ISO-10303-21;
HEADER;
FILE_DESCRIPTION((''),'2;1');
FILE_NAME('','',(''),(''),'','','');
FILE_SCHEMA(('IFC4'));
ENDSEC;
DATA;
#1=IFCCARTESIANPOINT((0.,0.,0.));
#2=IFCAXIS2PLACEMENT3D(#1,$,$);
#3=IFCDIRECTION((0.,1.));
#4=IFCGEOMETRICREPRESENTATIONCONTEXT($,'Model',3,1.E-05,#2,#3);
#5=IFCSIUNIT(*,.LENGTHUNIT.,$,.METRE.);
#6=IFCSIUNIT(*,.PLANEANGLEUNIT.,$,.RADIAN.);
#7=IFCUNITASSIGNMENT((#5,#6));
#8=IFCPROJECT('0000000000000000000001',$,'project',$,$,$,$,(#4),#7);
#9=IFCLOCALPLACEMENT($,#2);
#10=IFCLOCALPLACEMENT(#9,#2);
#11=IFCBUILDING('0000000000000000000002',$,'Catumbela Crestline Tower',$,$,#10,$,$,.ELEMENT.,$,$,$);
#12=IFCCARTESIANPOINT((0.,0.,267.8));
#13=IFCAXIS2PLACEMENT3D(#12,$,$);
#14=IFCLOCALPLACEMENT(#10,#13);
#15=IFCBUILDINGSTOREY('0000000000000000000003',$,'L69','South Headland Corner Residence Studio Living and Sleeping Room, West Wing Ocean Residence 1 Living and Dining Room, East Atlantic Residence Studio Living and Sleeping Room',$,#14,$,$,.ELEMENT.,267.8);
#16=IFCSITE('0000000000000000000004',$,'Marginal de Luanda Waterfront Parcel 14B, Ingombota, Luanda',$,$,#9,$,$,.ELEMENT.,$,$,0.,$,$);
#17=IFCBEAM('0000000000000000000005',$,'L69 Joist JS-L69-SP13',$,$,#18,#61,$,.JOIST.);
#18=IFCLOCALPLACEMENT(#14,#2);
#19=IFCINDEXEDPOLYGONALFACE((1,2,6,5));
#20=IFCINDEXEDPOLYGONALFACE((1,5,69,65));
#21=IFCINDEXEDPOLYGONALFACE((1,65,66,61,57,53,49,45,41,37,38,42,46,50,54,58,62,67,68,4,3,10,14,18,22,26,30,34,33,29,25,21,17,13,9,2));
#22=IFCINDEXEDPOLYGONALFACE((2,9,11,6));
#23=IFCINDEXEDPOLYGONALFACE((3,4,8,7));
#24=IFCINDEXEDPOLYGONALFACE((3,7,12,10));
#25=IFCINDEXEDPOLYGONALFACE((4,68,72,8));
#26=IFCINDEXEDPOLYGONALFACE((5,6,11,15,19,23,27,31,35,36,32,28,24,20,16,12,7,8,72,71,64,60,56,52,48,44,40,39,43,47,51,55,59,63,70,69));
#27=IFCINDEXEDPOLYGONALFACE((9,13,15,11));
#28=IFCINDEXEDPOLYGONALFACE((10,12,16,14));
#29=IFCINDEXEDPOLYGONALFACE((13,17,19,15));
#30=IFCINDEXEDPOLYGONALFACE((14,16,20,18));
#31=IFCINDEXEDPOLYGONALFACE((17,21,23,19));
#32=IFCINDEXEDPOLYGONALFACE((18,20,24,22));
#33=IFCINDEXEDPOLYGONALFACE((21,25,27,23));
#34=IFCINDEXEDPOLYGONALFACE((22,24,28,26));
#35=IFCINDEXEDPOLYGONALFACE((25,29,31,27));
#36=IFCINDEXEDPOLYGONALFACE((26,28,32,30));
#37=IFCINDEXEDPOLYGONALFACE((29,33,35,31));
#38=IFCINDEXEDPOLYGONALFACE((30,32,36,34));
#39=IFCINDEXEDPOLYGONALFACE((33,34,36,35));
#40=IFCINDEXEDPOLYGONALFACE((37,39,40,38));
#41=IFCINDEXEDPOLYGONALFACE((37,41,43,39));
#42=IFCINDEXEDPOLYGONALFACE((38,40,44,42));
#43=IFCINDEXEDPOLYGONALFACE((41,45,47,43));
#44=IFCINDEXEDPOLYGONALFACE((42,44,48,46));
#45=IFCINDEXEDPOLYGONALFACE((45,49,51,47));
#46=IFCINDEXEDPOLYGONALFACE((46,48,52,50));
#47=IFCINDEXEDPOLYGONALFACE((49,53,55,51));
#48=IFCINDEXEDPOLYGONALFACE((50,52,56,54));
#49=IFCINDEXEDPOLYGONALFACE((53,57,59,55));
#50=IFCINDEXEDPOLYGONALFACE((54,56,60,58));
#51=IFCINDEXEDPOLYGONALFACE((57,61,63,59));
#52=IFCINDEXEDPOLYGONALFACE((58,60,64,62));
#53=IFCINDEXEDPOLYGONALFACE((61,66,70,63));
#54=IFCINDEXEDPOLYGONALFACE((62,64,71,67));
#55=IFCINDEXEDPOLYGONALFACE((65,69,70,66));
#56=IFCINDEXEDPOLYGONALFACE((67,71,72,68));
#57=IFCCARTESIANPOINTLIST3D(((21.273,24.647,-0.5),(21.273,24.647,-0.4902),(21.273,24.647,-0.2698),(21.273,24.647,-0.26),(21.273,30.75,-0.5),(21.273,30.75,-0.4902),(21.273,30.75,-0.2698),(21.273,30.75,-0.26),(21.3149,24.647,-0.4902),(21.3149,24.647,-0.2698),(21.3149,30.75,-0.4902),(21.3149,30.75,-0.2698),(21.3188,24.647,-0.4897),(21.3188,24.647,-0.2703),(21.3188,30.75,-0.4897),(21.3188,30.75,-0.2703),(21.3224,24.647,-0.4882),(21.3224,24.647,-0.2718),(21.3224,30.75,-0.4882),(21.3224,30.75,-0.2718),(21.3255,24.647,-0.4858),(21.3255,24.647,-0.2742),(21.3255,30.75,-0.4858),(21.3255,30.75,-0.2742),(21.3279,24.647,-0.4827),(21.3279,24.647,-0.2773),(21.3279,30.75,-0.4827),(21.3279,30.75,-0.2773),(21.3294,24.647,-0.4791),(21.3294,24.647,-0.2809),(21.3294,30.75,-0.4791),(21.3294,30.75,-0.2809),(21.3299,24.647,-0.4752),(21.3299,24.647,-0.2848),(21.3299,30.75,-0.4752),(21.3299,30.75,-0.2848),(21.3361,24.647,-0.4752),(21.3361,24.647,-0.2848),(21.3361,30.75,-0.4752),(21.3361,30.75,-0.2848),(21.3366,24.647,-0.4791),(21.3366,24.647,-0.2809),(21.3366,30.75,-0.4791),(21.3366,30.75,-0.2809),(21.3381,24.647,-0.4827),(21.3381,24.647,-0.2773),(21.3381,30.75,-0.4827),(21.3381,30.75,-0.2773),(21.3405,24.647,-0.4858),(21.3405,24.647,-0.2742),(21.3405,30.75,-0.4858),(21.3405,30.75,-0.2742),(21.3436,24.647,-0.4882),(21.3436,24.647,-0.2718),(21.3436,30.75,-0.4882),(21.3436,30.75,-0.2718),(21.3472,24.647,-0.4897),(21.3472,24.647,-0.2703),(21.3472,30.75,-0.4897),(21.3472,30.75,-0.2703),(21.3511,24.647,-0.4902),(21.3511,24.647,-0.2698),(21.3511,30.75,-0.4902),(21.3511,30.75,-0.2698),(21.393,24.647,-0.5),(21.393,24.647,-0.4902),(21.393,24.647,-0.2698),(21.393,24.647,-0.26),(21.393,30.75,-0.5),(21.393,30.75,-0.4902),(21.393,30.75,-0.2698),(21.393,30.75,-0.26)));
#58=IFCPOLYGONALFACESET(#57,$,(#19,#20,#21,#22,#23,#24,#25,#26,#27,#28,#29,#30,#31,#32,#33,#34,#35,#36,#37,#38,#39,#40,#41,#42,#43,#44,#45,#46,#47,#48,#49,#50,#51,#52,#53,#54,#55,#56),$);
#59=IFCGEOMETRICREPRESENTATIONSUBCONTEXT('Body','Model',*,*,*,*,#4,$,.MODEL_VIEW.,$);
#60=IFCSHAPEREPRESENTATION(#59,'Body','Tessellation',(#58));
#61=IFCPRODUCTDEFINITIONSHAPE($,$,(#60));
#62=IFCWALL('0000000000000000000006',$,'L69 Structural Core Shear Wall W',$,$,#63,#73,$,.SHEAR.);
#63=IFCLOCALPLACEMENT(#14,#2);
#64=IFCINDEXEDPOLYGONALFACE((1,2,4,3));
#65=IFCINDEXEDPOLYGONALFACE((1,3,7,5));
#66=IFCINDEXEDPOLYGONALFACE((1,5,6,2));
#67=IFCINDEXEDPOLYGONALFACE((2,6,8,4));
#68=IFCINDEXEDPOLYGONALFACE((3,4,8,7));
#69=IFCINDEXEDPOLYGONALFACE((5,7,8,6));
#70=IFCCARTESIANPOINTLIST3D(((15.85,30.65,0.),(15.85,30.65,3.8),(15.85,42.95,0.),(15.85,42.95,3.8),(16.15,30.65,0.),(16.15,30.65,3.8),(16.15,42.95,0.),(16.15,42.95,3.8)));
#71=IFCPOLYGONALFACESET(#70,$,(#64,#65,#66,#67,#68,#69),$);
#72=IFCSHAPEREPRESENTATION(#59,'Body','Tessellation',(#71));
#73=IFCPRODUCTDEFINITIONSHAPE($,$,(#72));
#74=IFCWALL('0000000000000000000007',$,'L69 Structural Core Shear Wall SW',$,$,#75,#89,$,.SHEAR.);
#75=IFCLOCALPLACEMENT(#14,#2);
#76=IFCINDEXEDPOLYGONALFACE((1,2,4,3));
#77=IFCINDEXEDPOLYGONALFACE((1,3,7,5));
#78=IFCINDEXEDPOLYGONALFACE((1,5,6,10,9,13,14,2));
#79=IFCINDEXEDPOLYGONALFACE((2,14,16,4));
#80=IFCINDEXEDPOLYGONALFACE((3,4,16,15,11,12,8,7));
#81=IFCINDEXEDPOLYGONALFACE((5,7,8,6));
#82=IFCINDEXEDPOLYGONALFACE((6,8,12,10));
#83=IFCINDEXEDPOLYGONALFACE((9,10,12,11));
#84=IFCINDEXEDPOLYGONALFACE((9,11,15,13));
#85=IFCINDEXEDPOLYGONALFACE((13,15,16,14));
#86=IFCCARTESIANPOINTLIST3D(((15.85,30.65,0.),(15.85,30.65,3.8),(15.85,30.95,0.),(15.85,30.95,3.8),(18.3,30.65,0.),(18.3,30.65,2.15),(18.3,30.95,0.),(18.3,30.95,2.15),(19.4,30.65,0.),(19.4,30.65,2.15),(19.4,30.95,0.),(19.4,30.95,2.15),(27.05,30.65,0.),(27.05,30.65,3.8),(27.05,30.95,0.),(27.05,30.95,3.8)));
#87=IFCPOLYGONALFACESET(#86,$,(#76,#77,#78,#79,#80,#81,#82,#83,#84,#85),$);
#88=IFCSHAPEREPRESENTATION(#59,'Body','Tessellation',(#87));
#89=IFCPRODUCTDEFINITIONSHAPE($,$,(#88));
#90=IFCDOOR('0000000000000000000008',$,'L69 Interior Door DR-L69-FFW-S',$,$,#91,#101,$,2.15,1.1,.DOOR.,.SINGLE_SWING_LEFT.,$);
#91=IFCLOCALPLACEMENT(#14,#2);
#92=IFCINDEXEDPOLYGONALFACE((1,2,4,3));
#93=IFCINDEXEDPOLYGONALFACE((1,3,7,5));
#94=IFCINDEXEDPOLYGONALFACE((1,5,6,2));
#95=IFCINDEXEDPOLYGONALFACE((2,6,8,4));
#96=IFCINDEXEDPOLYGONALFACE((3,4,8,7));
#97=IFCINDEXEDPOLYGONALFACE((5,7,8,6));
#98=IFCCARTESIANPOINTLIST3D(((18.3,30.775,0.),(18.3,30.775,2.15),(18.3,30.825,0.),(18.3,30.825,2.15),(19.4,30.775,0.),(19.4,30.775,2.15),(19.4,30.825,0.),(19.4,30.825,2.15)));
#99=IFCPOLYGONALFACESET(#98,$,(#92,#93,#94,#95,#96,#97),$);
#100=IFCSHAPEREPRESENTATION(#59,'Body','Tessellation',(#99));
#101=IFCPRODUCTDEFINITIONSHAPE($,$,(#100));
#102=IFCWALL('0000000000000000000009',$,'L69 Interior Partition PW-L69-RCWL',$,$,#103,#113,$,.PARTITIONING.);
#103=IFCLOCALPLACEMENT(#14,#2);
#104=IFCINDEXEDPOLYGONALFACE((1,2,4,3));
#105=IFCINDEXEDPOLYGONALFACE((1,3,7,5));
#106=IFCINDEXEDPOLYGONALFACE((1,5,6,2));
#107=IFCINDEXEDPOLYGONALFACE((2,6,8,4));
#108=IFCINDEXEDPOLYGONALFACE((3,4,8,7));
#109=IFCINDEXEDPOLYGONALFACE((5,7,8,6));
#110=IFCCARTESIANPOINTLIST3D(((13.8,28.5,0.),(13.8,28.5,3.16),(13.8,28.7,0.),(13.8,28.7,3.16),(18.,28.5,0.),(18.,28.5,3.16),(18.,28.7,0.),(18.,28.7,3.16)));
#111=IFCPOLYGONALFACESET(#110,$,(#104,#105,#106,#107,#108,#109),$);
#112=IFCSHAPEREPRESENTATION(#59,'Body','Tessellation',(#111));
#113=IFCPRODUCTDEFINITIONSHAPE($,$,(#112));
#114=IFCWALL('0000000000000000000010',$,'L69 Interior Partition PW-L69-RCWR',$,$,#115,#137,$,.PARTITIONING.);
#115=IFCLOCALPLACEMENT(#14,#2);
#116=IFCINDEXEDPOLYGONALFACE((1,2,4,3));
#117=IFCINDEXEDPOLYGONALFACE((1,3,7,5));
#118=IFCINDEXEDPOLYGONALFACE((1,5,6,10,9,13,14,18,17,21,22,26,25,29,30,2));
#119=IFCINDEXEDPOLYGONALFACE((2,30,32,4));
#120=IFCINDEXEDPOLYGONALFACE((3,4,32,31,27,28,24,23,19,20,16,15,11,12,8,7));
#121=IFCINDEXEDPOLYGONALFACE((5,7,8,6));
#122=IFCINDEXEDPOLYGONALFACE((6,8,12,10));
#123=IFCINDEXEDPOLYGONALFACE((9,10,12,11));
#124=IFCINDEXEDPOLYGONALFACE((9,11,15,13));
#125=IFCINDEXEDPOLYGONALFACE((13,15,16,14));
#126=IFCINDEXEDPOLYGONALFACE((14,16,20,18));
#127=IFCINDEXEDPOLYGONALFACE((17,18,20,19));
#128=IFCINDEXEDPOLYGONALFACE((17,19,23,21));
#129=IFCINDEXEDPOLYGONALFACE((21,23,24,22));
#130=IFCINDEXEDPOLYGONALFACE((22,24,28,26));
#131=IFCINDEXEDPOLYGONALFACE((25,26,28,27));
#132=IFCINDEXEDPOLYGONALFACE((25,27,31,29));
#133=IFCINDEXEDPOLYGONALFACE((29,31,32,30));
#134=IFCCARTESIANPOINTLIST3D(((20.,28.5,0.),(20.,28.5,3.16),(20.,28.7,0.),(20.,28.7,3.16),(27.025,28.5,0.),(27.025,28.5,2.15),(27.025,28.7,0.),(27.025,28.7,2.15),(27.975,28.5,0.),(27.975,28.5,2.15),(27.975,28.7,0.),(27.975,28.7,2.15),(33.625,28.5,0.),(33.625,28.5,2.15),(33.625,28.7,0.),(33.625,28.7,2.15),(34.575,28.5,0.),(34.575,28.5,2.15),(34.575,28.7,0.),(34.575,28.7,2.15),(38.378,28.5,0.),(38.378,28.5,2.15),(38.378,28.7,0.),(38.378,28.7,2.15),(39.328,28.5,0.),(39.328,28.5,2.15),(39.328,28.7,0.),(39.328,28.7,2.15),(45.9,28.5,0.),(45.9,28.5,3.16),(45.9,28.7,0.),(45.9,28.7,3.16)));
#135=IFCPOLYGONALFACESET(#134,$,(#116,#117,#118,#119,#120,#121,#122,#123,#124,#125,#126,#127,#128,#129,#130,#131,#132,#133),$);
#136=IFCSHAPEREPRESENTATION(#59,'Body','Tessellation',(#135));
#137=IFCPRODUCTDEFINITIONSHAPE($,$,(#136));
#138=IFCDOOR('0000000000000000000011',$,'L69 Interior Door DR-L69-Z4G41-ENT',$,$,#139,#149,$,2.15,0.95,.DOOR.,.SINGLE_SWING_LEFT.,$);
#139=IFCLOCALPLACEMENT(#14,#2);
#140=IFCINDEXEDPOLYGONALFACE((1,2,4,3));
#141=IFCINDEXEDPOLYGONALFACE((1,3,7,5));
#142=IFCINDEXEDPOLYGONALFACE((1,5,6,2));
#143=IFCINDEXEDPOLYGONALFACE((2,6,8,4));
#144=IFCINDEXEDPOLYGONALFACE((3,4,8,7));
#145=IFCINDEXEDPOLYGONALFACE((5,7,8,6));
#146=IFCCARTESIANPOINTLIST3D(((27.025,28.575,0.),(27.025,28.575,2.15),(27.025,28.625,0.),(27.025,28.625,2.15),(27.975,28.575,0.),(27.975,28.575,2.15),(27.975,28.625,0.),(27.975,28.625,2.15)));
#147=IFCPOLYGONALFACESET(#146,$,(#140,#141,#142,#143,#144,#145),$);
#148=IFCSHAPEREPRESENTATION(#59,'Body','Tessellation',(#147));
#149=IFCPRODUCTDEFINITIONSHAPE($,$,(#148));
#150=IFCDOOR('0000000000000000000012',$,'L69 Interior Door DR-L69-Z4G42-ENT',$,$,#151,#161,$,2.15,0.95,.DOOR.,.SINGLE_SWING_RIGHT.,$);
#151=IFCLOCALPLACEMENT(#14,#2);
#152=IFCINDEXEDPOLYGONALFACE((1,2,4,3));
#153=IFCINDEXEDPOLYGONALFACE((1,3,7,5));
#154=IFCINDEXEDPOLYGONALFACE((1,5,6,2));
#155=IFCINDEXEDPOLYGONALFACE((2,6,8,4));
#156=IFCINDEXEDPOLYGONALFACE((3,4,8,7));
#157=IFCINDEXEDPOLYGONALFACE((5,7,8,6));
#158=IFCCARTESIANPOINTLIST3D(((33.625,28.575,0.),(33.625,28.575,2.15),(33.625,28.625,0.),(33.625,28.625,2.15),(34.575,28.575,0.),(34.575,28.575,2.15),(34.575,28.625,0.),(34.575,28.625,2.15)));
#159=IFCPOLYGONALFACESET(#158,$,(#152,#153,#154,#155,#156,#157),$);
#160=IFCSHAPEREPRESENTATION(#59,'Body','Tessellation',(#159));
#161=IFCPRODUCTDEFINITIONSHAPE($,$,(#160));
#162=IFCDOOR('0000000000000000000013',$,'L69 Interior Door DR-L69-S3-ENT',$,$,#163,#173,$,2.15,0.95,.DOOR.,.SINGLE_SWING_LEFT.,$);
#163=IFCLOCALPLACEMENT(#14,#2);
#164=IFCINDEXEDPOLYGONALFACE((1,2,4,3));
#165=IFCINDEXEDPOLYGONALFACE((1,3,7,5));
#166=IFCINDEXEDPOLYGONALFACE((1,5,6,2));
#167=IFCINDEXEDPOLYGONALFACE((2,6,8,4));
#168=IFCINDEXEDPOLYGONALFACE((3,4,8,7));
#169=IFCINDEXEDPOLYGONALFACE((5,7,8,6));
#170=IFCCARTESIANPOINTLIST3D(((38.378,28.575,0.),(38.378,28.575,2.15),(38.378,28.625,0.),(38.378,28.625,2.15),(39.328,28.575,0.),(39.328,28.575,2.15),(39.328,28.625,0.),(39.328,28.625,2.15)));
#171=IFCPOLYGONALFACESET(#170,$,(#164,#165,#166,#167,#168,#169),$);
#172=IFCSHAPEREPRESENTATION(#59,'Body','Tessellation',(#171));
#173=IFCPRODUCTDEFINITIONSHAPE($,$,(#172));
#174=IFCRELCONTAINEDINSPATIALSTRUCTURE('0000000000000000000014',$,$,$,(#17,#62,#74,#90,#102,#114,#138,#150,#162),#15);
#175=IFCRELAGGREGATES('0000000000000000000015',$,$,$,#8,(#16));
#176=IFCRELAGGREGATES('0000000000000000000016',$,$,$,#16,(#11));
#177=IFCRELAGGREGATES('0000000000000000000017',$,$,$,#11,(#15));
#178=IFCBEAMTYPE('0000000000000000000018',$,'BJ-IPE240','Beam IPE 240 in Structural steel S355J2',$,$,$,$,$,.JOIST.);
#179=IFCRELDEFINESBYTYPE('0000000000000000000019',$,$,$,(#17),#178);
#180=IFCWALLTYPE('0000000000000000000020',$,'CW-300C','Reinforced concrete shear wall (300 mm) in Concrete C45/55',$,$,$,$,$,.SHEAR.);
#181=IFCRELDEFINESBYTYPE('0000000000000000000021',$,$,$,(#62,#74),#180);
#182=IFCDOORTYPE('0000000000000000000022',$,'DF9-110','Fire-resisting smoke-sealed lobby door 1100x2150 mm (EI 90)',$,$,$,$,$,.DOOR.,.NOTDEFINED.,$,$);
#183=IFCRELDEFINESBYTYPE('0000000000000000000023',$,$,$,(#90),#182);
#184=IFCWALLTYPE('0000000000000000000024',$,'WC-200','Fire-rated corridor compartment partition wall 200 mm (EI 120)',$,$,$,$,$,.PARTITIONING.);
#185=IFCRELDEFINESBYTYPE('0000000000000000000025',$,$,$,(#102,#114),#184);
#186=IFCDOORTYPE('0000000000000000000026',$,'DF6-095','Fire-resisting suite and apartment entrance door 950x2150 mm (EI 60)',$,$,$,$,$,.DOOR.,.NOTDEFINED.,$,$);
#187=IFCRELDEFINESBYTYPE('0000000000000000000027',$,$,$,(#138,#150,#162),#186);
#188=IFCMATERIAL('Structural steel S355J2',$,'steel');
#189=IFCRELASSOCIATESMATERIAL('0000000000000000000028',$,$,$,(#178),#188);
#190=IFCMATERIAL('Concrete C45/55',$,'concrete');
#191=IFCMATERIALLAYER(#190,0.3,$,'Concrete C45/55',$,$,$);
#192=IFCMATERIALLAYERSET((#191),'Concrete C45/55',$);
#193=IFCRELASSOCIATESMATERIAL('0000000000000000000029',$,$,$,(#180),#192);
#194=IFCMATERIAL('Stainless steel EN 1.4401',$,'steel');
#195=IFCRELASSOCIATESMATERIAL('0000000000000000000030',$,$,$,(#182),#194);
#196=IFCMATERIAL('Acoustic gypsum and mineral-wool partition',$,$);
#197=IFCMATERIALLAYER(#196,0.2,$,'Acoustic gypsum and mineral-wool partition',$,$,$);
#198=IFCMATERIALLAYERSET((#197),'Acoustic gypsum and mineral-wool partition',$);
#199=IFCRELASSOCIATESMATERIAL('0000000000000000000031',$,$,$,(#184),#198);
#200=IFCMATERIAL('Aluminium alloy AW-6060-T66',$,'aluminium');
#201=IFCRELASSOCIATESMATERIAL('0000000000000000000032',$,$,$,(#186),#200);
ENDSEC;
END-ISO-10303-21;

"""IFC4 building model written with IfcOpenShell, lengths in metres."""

from ifc_helpers import new_model, si_unit, direction, frame, frame_2d, origin, origin_2d, place, context, subcontext, project, spatial, rectangle, i_section, extrude, material, layer, layer_set, material_profile, profile_set, type_object, element, fill, save


model = new_model("IFC4")

# Units and contexts
model_context = context("Model", 3, precision=1e-05, world=origin(), true_north=direction((0.0, 1.0)))
body_context = subcontext(model_context, "Body", "Model", "MODEL_VIEW")
ifc_project = project(units=[si_unit("LENGTHUNIT", "METRE"), si_unit("PLANEANGLEUNIT", "RADIAN")], contexts=[model_context])

# Site, building, storey
site_placement = place(None, origin())
site = spatial("IfcSite", under=ifc_project, at=site_placement, Name="Marginal de Luanda Waterfront Parcel 14B, Ingombota, Luanda", CompositionType="ELEMENT", RefElevation=0.0)
building_placement = place(site_placement, origin())
building = spatial("IfcBuilding", under=site, at=building_placement, Name="Catumbela Crestline Tower", CompositionType="ELEMENT")
storey_placement = place(building_placement, frame((0.0, 0.0, 267.8)))
storey = spatial("IfcBuildingStorey", under=building, at=storey_placement, Name="L69", Description="South Headland Corner Residence Studio Living and Sleeping Room, West Wing Ocean Residence 1 Living and Dining Room, East Atlantic Residence Studio Living and Sleeping Room", CompositionType="ELEMENT", Elevation=267.8)

# Shared definitions
ifc_material_1 = material(Name="Concrete C45/55", Category="concrete")

# Beam
ifc_material_2 = material(Name="Structural steel S355J2", Category="steel")
ifc_material_profile_1 = material_profile(ifc_material_2, i_section(OverallWidth=0.12, OverallDepth=0.24, WebThickness=0.0062, FlangeThickness=0.0098, FilletRadius=0.015, at=origin_2d()), Name="IPE 240")
ifc_profile_set_1 = profile_set([ifc_material_profile_1], Name="Structural steel S355J2")
beam_type_1 = type_object("IfcBeamType", Name="BJ-IPE240", Description="Beam IPE 240 in Structural steel S355J2", PredefinedType="JOIST", material=ifc_profile_set_1)
for number, where, z_axis, x_axis, name in (
    (1, (21.333, 24.647, -0.38), (0.0, 1.0, 0.0), (-1.0, 0.0, 0.0), "L69 Joist JS-L69-SP13"),
):
    element("IfcBeam", number, at=place(storey_placement, frame(where, z_axis=z_axis, x_axis=x_axis)), inside=storey, type_object=beam_type_1, Name=name, PredefinedType="JOIST", context=body_context, shape_type="SweptSolid", body=[
        extrude(i_section(OverallWidth=0.12, OverallDepth=0.24, WebThickness=0.0062, FlangeThickness=0.0098, FilletRadius=0.015, at=origin_2d()), origin(), (0.0, 0.0, 1.0), 6.103),
    ])

# Wall
ifc_layer_1 = layer(ifc_material_1, 0.3, Name="Concrete C45/55")
ifc_layer_set_1 = layer_set([ifc_layer_1], Name="Concrete C45/55")
wall_type_1 = type_object("IfcWallType", Name="CW-300C", Description="Reinforced concrete shear wall (300 mm) in Concrete C45/55", PredefinedType="SHEAR", material=ifc_layer_set_1)
wall_1_placement = place(storey_placement, frame((16.0, 30.65, 0.0), z_axis=(0.0, 0.0, 1.0), x_axis=(0.0, 1.0, 0.0)))
element("IfcWall", 2, at=wall_1_placement, inside=storey, type_object=wall_type_1, Name="L69 Structural Core Shear Wall W", PredefinedType="SHEAR", context=body_context, shape_type="SweptSolid", body=[
    extrude(rectangle(XDim=12.3, YDim=0.3, at=frame_2d((6.15, 0.0))), origin(), (0.0, 0.0, 1.0), 3.8),
])

# Wall, opening, door
wall_2_placement = place(storey_placement, frame((15.85, 30.8, 0.0), z_axis=(0.0, 0.0, 1.0), x_axis=(1.0, 0.0, 0.0)))
wall_2 = element("IfcWall", 3, at=wall_2_placement, inside=storey, type_object=wall_type_1, Name="L69 Structural Core Shear Wall SW", PredefinedType="SHEAR", context=body_context, shape_type="SweptSolid", body=[
    extrude(rectangle(XDim=11.2, YDim=0.3, at=frame_2d((5.6, 0.0))), origin(), (0.0, 0.0, 1.0), 3.8),
])
opening_1_placement = place(wall_2_placement, frame((2.45, 0.0, 0.0)))
opening_1 = element("IfcOpeningElement", 4, at=opening_1_placement, cuts=wall_2, PredefinedType="OPENING", context=body_context, shape_type="SweptSolid", body=[
    extrude(rectangle(XDim=1.1, YDim=2.15, at=frame_2d((0.55, 1.075))), frame((0.0, 0.16, 0.0), z_axis=(0.0, -1.0, 0.0), x_axis=(1.0, 0.0, 0.0)), (0.0, 0.0, 1.0), 0.32),
])
ifc_material_3 = material(Name="Stainless steel EN 1.4401", Category="steel")
door_type_1 = type_object("IfcDoorType", Name="DF9-110", Description="Fire-resisting smoke-sealed lobby door 1100x2150 mm (EI 90)", OperationType="NOTDEFINED", PredefinedType="DOOR", material=ifc_material_3)
door_1_placement = place(opening_1_placement, origin())
door_1 = element("IfcDoor", 5, at=door_1_placement, inside=storey, type_object=door_type_1, Name="L69 Interior Door DR-L69-FFW-S", OperationType="SINGLE_SWING_LEFT", OverallHeight=2.15, OverallWidth=1.1, PredefinedType="DOOR", context=body_context, shape_type="SweptSolid", body=[
    extrude(rectangle(XDim=1.1, YDim=2.15, at=frame_2d((0.55, 1.075))), frame((0.0, 0.025, 0.0), z_axis=(0.0, -1.0, 0.0), x_axis=(1.0, 0.0, 0.0)), (0.0, 0.0, 1.0), 0.05),
])
fill(opening_1, door_1)

# Wall
ifc_material_4 = material(Name="Acoustic gypsum and mineral-wool partition")
ifc_layer_2 = layer(ifc_material_4, 0.2, Name="Acoustic gypsum and mineral-wool partition")
ifc_layer_set_2 = layer_set([ifc_layer_2], Name="Acoustic gypsum and mineral-wool partition")
wall_type_2 = type_object("IfcWallType", Name="WC-200", Description="Fire-rated corridor compartment partition wall 200 mm (EI 120)", PredefinedType="PARTITIONING", material=ifc_layer_set_2)
wall_3_placement = place(storey_placement, frame((13.8, 28.6, 0.0), z_axis=(0.0, 0.0, 1.0), x_axis=(1.0, 0.0, 0.0)))
element("IfcWall", 6, at=wall_3_placement, inside=storey, type_object=wall_type_2, Name="L69 Interior Partition PW-L69-RCWL", PredefinedType="PARTITIONING", context=body_context, shape_type="SweptSolid", body=[
    extrude(rectangle(XDim=4.2, YDim=0.2, at=frame_2d((2.1, 0.0))), origin(), (0.0, 0.0, 1.0), 3.16),
])

# Wall, openings, doors
wall_4_placement = place(storey_placement, frame((20.0, 28.6, 0.0), z_axis=(0.0, 0.0, 1.0), x_axis=(1.0, 0.0, 0.0)))
wall_4 = element("IfcWall", 7, at=wall_4_placement, inside=storey, type_object=wall_type_2, Name="L69 Interior Partition PW-L69-RCWR", PredefinedType="PARTITIONING", context=body_context, shape_type="SweptSolid", body=[
    extrude(rectangle(XDim=25.9, YDim=0.2, at=frame_2d((12.95, 0.0))), origin(), (0.0, 0.0, 1.0), 3.16),
])
opening_2_placement = place(wall_4_placement, frame((7.025, 0.0, 0.0)))
opening_2 = element("IfcOpeningElement", 8, at=opening_2_placement, cuts=wall_4, PredefinedType="OPENING", context=body_context, shape_type="SweptSolid", body=[
    extrude(rectangle(XDim=0.95, YDim=2.15, at=frame_2d((0.475, 1.075))), frame((0.0, 0.11, 0.0), z_axis=(0.0, -1.0, 0.0), x_axis=(1.0, 0.0, 0.0)), (0.0, 0.0, 1.0), 0.22),
])
opening_3_placement = place(wall_4_placement, frame((13.625, 0.0, 0.0)))
opening_3 = element("IfcOpeningElement", 9, at=opening_3_placement, cuts=wall_4, PredefinedType="OPENING", context=body_context, shape_type="SweptSolid", body=[
    extrude(rectangle(XDim=0.95, YDim=2.15, at=frame_2d((0.475, 1.075))), frame((0.0, 0.11, 0.0), z_axis=(0.0, -1.0, 0.0), x_axis=(1.0, 0.0, 0.0)), (0.0, 0.0, 1.0), 0.22),
])
opening_4_placement = place(wall_4_placement, frame((18.378, 0.0, 0.0)))
opening_4 = element("IfcOpeningElement", 10, at=opening_4_placement, cuts=wall_4, PredefinedType="OPENING", context=body_context, shape_type="SweptSolid", body=[
    extrude(rectangle(XDim=0.95, YDim=2.15, at=frame_2d((0.475, 1.075))), frame((0.0, 0.11, 0.0), z_axis=(0.0, -1.0, 0.0), x_axis=(1.0, 0.0, 0.0)), (0.0, 0.0, 1.0), 0.22),
])
ifc_material_5 = material(Name="Aluminium alloy AW-6060-T66", Category="aluminium")
door_type_2 = type_object("IfcDoorType", Name="DF6-095", Description="Fire-resisting suite and apartment entrance door 950x2150 mm (EI 60)", OperationType="NOTDEFINED", PredefinedType="DOOR", material=ifc_material_5)
door_2_placement = place(opening_2_placement, origin())
door_2 = element("IfcDoor", 11, at=door_2_placement, inside=storey, type_object=door_type_2, Name="L69 Interior Door DR-L69-Z4G41-ENT", OperationType="SINGLE_SWING_LEFT", OverallHeight=2.15, OverallWidth=0.95, PredefinedType="DOOR", context=body_context, shape_type="SweptSolid", body=[
    extrude(rectangle(XDim=0.95, YDim=2.15, at=frame_2d((0.475, 1.075))), frame((0.0, 0.025, 0.0), z_axis=(0.0, -1.0, 0.0), x_axis=(1.0, 0.0, 0.0)), (0.0, 0.0, 1.0), 0.05),
])
fill(opening_2, door_2)
door_3_placement = place(opening_3_placement, origin())
door_3 = element("IfcDoor", 12, at=door_3_placement, inside=storey, type_object=door_type_2, Name="L69 Interior Door DR-L69-Z4G42-ENT", OperationType="SINGLE_SWING_RIGHT", OverallHeight=2.15, OverallWidth=0.95, PredefinedType="DOOR", context=body_context, shape_type="SweptSolid", body=[
    extrude(rectangle(XDim=0.95, YDim=2.15, at=frame_2d((0.475, 1.075))), frame((0.0, 0.025, 0.0), z_axis=(0.0, -1.0, 0.0), x_axis=(1.0, 0.0, 0.0)), (0.0, 0.0, 1.0), 0.05),
])
fill(opening_3, door_3)
door_4_placement = place(opening_4_placement, origin())
door_4 = element("IfcDoor", 13, at=door_4_placement, inside=storey, type_object=door_type_2, Name="L69 Interior Door DR-L69-S3-ENT", OperationType="SINGLE_SWING_LEFT", OverallHeight=2.15, OverallWidth=0.95, PredefinedType="DOOR", context=body_context, shape_type="SweptSolid", body=[
    extrude(rectangle(XDim=0.95, YDim=2.15, at=frame_2d((0.475, 1.075))), frame((0.0, 0.025, 0.0), z_axis=(0.0, -1.0, 0.0), x_axis=(1.0, 0.0, 0.0)), (0.0, 0.0, 1.0), 0.05),
])
fill(opening_4, door_4)

save(model, "model.ifc")
